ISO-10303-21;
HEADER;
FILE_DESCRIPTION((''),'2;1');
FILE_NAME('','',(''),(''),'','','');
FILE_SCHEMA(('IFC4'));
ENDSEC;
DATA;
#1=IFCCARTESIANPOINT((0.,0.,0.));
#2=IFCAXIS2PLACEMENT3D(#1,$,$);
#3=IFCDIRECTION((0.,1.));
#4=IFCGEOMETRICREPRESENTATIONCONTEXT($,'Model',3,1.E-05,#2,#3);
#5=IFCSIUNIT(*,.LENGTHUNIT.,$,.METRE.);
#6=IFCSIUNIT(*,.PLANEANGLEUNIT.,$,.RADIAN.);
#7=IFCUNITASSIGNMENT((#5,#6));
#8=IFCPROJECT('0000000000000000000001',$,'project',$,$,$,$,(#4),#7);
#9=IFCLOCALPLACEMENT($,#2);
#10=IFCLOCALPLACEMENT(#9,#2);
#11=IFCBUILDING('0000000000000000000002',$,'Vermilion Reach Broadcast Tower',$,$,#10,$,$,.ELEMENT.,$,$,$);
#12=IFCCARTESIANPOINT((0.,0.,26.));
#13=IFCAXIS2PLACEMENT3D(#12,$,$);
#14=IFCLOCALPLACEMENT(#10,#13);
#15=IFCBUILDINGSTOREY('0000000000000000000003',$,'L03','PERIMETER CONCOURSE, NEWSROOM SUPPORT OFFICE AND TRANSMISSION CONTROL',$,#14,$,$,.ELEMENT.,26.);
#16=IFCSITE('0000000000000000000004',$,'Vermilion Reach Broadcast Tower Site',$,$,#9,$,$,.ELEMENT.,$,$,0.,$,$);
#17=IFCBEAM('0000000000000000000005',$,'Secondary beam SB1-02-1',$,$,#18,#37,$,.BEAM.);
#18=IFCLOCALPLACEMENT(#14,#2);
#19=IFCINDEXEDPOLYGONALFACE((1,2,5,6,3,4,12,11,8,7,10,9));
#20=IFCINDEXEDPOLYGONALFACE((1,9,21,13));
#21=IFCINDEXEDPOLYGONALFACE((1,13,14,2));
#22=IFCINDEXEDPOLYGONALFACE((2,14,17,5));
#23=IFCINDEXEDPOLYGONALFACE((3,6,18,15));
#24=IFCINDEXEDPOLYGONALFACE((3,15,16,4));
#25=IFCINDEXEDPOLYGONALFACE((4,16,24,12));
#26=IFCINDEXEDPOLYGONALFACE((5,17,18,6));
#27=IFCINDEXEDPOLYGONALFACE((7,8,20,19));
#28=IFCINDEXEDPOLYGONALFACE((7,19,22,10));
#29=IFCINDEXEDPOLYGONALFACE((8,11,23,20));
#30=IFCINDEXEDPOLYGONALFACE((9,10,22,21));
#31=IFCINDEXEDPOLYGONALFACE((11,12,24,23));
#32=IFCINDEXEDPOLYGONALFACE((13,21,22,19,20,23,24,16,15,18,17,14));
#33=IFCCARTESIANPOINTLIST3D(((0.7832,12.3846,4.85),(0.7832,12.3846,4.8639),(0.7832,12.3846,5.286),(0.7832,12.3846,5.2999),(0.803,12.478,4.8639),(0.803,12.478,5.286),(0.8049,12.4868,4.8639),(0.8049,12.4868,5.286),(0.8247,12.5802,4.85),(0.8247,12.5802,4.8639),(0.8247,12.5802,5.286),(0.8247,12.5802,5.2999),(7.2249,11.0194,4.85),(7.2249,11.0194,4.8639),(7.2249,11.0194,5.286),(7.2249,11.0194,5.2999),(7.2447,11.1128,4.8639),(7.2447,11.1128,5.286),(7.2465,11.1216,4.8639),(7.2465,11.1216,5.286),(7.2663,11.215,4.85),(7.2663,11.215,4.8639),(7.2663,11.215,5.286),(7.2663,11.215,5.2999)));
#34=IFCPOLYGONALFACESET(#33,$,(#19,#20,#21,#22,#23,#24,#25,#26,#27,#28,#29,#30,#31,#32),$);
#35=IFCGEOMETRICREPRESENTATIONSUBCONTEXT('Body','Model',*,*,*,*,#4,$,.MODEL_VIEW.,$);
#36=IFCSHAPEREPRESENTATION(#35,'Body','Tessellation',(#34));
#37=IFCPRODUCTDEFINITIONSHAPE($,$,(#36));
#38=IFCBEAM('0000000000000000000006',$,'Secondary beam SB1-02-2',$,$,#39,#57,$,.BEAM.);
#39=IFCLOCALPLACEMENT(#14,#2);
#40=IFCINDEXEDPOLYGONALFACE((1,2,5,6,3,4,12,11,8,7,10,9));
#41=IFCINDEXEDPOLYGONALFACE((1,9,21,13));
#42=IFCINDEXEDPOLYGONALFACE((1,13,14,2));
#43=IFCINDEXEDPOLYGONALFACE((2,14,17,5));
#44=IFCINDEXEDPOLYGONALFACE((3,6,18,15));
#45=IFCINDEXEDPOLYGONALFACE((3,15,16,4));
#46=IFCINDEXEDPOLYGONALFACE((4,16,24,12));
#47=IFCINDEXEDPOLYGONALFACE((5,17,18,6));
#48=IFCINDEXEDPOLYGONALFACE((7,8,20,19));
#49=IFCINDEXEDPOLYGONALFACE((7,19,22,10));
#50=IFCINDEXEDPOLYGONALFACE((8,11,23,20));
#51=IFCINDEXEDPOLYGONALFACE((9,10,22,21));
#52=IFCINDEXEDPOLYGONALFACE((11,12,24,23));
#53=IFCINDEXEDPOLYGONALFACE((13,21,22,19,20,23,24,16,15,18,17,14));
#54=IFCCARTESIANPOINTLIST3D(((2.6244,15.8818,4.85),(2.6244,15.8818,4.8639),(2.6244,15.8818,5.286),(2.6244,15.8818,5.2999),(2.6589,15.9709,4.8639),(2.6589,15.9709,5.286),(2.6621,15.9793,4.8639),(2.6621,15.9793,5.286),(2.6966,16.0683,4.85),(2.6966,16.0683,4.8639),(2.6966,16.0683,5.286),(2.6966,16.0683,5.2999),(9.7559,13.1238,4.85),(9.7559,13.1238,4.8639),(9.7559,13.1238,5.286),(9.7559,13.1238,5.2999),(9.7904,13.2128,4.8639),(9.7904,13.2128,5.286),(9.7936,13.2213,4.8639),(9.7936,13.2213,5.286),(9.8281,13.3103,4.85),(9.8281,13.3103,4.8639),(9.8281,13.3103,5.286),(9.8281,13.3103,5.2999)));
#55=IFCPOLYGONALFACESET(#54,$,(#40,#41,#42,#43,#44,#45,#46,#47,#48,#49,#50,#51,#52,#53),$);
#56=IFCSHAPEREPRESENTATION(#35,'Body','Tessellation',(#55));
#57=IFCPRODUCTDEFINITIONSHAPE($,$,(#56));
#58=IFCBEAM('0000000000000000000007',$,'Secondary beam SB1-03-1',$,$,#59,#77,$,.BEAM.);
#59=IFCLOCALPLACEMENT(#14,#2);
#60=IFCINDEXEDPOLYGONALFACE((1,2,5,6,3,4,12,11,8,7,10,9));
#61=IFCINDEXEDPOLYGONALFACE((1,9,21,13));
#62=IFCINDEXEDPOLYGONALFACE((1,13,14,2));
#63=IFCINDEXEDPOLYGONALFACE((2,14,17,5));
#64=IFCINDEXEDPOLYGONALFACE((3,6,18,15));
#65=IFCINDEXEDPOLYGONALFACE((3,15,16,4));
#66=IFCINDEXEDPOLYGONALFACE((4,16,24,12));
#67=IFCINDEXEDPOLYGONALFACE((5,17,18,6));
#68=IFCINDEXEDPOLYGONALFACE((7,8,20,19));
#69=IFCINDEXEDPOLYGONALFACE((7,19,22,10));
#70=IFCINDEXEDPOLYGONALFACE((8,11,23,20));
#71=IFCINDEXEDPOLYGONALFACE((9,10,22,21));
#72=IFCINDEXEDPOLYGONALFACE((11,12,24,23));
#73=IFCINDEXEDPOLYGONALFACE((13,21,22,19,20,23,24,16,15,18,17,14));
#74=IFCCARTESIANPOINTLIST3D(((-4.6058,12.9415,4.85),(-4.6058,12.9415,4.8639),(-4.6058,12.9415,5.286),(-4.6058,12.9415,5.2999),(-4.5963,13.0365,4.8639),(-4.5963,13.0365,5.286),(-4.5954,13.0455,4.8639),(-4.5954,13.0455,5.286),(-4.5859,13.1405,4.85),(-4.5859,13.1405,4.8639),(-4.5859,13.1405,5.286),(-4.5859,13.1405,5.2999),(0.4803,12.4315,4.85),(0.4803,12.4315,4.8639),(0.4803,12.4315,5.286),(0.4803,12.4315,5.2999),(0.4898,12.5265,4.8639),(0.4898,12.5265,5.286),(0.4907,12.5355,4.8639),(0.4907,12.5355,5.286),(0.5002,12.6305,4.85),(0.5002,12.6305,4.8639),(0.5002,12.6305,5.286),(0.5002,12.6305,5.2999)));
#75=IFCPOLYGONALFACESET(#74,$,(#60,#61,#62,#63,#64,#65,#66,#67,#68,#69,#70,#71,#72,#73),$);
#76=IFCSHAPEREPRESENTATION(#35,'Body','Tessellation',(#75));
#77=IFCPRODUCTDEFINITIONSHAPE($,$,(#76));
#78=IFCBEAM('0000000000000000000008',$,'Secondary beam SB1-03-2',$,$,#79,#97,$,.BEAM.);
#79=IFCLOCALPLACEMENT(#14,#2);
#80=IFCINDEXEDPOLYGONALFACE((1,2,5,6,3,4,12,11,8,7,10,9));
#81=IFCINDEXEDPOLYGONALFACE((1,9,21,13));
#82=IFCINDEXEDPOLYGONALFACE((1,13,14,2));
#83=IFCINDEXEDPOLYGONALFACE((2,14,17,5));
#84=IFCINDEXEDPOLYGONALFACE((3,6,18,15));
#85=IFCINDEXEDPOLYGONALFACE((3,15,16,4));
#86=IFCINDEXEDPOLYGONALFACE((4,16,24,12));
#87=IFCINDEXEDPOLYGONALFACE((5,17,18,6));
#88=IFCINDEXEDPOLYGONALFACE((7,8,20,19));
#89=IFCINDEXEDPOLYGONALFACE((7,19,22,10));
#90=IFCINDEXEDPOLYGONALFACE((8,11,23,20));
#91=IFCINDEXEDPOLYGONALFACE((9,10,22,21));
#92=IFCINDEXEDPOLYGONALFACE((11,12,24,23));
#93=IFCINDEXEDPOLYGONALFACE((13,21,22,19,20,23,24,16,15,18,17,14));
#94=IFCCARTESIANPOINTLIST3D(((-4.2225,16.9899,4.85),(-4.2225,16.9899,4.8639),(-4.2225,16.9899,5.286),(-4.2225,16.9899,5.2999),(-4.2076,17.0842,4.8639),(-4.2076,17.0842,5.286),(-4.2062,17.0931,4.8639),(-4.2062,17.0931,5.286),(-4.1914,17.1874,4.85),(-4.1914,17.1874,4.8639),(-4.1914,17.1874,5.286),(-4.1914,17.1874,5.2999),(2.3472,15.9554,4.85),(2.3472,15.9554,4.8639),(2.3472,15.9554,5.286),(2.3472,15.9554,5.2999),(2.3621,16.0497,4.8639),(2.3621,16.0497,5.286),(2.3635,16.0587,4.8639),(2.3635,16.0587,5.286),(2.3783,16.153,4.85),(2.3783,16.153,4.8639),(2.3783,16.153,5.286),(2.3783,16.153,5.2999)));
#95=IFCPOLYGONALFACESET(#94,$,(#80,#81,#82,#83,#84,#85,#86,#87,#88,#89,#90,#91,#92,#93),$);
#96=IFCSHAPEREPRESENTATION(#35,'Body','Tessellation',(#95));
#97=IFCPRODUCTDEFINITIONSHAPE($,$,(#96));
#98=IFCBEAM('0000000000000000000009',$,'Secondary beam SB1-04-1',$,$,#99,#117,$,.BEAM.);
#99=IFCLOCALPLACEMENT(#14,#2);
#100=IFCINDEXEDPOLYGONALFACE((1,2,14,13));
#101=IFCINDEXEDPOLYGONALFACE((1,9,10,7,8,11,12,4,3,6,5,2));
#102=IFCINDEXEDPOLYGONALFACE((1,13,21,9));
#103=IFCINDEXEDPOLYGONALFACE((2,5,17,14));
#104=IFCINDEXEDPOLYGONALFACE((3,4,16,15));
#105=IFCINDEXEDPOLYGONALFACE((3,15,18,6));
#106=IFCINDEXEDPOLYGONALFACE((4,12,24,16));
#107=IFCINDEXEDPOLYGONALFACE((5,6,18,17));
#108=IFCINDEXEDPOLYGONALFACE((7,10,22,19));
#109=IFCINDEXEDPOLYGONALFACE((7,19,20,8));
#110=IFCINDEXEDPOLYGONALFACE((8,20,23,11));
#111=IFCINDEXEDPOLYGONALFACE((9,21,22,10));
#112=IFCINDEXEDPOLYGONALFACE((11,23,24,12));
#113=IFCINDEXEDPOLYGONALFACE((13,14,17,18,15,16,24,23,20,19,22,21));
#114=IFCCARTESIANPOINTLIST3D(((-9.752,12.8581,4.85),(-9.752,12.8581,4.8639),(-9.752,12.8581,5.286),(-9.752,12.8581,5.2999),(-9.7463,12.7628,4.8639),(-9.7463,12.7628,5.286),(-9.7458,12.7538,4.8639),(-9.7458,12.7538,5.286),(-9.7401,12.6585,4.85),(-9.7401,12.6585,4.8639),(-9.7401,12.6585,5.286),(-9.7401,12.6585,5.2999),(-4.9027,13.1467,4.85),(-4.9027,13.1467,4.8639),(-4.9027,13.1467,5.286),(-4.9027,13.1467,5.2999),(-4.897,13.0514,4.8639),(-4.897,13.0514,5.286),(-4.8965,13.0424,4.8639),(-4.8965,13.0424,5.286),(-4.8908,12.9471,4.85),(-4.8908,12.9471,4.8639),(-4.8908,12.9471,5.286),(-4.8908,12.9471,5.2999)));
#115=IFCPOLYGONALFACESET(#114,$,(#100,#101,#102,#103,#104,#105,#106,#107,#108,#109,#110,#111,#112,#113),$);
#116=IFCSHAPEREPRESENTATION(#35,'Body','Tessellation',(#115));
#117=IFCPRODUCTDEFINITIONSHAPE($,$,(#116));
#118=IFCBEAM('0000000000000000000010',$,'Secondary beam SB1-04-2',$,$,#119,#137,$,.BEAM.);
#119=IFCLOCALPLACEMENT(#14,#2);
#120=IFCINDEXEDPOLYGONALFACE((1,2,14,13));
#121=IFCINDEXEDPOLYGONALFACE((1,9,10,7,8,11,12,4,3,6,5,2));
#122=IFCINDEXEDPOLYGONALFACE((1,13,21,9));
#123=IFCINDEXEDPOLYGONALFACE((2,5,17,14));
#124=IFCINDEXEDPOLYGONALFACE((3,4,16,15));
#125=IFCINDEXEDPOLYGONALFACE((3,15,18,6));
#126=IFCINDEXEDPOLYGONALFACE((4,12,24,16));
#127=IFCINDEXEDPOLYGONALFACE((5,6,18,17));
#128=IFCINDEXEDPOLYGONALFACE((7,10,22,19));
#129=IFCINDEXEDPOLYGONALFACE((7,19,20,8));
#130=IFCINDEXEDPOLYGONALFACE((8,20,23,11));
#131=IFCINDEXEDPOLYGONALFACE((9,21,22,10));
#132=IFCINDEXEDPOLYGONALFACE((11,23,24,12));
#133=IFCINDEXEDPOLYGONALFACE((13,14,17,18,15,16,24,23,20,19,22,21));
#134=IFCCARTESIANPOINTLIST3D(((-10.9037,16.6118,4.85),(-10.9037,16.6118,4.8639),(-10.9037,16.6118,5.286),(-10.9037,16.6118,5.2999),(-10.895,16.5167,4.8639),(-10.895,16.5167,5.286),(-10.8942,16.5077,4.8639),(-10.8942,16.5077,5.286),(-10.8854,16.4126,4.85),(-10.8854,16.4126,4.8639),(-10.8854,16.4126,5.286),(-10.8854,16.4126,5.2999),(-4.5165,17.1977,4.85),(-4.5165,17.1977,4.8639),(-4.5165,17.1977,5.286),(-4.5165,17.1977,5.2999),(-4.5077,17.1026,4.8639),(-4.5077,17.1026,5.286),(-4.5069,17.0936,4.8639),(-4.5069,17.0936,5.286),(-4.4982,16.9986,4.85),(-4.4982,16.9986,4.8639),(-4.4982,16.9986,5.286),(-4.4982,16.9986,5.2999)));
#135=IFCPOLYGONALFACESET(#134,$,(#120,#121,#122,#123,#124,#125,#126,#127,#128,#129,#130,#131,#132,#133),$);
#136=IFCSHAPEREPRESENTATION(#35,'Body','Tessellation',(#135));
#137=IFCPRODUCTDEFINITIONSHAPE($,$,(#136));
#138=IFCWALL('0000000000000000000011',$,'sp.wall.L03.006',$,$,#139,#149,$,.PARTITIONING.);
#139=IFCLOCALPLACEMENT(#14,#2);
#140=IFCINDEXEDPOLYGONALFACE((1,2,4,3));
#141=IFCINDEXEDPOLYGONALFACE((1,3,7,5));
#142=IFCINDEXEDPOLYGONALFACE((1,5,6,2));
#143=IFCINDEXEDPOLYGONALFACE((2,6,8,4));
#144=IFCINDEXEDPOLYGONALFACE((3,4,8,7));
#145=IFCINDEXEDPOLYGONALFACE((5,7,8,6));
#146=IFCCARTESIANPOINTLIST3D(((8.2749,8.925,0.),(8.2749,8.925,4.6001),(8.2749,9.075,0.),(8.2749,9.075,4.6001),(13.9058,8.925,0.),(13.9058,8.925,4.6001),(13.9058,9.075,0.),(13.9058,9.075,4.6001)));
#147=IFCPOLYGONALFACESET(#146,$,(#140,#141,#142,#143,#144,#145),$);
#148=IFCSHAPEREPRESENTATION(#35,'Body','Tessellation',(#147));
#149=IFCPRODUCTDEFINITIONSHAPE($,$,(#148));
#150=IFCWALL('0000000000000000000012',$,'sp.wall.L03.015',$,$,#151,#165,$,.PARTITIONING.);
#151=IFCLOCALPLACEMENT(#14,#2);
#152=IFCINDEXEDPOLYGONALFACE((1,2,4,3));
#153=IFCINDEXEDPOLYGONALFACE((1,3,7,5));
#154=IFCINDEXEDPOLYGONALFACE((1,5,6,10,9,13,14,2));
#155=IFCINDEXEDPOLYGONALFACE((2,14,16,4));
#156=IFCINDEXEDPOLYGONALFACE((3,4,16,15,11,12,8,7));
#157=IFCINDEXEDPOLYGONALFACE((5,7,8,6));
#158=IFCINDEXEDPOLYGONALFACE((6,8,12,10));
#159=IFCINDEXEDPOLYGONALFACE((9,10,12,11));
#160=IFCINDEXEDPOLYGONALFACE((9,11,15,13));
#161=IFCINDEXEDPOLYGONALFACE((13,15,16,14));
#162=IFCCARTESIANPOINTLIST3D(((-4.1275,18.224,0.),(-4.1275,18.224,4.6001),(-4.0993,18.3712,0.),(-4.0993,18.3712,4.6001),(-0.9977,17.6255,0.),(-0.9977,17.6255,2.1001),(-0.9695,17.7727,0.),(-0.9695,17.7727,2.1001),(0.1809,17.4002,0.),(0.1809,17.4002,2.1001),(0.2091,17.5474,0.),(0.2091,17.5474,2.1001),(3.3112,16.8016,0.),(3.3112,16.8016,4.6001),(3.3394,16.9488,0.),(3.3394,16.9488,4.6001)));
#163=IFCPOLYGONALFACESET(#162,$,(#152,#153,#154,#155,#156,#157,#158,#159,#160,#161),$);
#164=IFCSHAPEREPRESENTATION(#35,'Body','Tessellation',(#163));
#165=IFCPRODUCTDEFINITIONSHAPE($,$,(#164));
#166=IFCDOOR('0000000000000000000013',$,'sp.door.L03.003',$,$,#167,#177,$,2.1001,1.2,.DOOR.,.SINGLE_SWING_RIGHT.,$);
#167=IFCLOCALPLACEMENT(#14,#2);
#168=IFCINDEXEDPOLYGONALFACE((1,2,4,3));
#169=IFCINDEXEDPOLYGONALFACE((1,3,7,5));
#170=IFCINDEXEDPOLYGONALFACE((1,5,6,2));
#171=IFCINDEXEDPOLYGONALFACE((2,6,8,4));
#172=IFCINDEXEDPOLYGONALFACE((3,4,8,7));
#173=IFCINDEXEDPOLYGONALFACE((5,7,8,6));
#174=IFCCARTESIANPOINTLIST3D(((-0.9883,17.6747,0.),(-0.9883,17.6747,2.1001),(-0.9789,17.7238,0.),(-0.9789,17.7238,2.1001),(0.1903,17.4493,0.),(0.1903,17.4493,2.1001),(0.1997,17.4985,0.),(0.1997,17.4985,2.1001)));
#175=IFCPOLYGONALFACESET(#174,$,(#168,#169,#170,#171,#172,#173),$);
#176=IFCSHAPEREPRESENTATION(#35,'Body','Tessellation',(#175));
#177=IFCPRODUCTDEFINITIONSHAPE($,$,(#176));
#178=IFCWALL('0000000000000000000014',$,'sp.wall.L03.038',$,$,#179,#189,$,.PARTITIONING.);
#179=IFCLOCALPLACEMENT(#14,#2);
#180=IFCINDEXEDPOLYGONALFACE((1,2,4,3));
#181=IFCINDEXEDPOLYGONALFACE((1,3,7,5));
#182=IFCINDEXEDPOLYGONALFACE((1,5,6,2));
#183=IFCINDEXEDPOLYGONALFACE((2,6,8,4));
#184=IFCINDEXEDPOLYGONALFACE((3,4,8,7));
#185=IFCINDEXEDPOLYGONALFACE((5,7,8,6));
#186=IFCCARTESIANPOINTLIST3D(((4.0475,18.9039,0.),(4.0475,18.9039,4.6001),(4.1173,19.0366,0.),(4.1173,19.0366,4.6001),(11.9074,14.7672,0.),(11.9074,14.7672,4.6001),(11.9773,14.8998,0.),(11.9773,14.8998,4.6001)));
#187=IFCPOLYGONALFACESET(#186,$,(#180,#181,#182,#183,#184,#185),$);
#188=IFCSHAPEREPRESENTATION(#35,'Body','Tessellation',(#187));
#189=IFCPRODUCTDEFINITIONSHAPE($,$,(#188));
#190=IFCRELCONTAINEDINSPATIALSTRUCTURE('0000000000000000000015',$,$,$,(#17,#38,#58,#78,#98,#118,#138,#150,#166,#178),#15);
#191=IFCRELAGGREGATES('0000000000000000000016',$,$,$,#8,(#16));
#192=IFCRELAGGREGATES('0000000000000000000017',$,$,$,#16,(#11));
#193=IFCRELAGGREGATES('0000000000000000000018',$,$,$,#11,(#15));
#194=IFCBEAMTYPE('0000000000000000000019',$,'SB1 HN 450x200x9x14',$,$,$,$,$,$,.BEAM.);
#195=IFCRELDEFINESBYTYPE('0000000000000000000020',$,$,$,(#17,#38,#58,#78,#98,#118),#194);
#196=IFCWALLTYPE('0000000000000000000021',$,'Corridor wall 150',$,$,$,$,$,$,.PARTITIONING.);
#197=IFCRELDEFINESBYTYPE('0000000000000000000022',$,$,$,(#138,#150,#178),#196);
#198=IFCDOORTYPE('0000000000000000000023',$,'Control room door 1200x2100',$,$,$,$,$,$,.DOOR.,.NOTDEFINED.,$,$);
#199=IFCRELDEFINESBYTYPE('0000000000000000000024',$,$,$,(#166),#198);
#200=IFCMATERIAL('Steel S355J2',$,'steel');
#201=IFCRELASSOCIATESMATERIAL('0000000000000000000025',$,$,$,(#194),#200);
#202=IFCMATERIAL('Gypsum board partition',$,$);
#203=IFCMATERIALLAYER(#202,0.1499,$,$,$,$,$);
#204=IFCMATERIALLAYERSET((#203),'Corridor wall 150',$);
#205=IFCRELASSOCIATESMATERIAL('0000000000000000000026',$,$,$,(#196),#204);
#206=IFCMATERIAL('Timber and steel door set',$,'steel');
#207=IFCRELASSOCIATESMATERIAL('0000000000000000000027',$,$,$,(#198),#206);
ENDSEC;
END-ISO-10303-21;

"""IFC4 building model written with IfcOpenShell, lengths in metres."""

from ifc_helpers import new_model, si_unit, direction, frame, frame_2d, origin, origin_2d, place, context, subcontext, project, spatial, rectangle, i_section, extrude, material, layer, layer_set, material_profile, profile_set, type_object, element, fill, save


model = new_model("IFC4")

# Units and contexts
model_context = context("Model", 3, precision=1e-05, world=origin(), true_north=direction((0.0, 1.0)))
body_context = subcontext(model_context, "Body", "Model", "MODEL_VIEW")
ifc_project = project(units=[si_unit("LENGTHUNIT", "METRE"), si_unit("PLANEANGLEUNIT", "RADIAN")], contexts=[model_context])

# Site, building, storey
site_placement = place(None, origin())
site = spatial("IfcSite", under=ifc_project, at=site_placement, Name="Vermilion Reach Broadcast Tower Site", CompositionType="ELEMENT", RefElevation=0.0)
building_placement = place(site_placement, origin())
building = spatial("IfcBuilding", under=site, at=building_placement, Name="Vermilion Reach Broadcast Tower", CompositionType="ELEMENT")
storey_placement = place(building_placement, frame((0.0, 0.0, 26.0)))
storey = spatial("IfcBuildingStorey", under=building, at=storey_placement, Name="L03", Description="PERIMETER CONCOURSE, NEWSROOM SUPPORT OFFICE AND TRANSMISSION CONTROL", CompositionType="ELEMENT", Elevation=26.0)

# Beams
ifc_material_1 = material(Name="Steel S355J2", Category="steel")
ifc_material_profile_1 = material_profile(ifc_material_1, i_section(OverallWidth=0.2, OverallDepth=0.45, WebThickness=0.009, FlangeThickness=0.0139, at=origin_2d()), Name="S355J2 HN 450x200x9x14")
ifc_profile_set_1 = profile_set([ifc_material_profile_1], Name="Steel S355J2")
beam_type_1 = type_object("IfcBeamType", Name="SB1 HN 450x200x9x14", PredefinedType="BEAM", material=ifc_profile_set_1)
beam_1_placement = place(storey_placement, frame((7.2456, 11.1172, 5.075), z_axis=(-0.97827, 0.207333, 0.0), x_axis=(-0.207333, -0.97827, 0.0)))
element("IfcBeam", 1, at=beam_1_placement, inside=storey, type_object=beam_type_1, Name="Secondary beam SB1-02-1", PredefinedType="BEAM", context=body_context, shape_type="SweptSolid", body=[
    extrude(i_section(OverallWidth=0.2, OverallDepth=0.45, WebThickness=0.009, FlangeThickness=0.0139, at=origin_2d()), origin(), (0.0, 0.0, 1.0), 6.5847),
])
beam_2_placement = place(storey_placement, frame((9.792, 13.217, 5.075), z_axis=(-0.932681, 0.360703, 0.0), x_axis=(-0.360703, -0.932681, 0.0)))
element("IfcBeam", 2, at=beam_2_placement, inside=storey, type_object=beam_type_1, Name="Secondary beam SB1-02-2", PredefinedType="BEAM", context=body_context, shape_type="SweptSolid", body=[
    extrude(i_section(OverallWidth=0.2, OverallDepth=0.45, WebThickness=0.009, FlangeThickness=0.0139, at=origin_2d()), origin(), (0.0, 0.0, 1.0), 7.6462),
])
beam_3_placement = place(storey_placement, frame((0.4902, 12.531, 5.075), z_axis=(-0.99501, 0.099773, 0.0), x_axis=(-0.099773, -0.99501, 0.0)))
element("IfcBeam", 3, at=beam_3_placement, inside=storey, type_object=beam_type_1, Name="Secondary beam SB1-03-1", PredefinedType="BEAM", context=body_context, shape_type="SweptSolid", body=[
    extrude(i_section(OverallWidth=0.2, OverallDepth=0.45, WebThickness=0.009, FlangeThickness=0.0139, at=origin_2d()), origin(), (0.0, 0.0, 1.0), 5.1116),
])
beam_4_placement = place(storey_placement, frame((2.3628, 16.0542, 5.075), z_axis=(-0.98783, 0.15554, 0.0), x_axis=(-0.15554, -0.98783, 0.0)))
element("IfcBeam", 4, at=beam_4_placement, inside=storey, type_object=beam_type_1, Name="Secondary beam SB1-03-2", PredefinedType="BEAM", context=body_context, shape_type="SweptSolid", body=[
    extrude(i_section(OverallWidth=0.2, OverallDepth=0.45, WebThickness=0.009, FlangeThickness=0.0139, at=origin_2d()), origin(), (0.0, 0.0, 1.0), 6.6506),
])
beam_5_placement = place(storey_placement, frame((-4.8967, 13.0469, 5.075), z_axis=(-0.998234, -0.059403, 0.0), x_axis=(0.059403, -0.998234, 0.0)))
element("IfcBeam", 5, at=beam_5_placement, inside=storey, type_object=beam_type_1, Name="Secondary beam SB1-04-1", PredefinedType="BEAM", context=body_context, shape_type="SweptSolid", body=[
    extrude(i_section(OverallWidth=0.2, OverallDepth=0.45, WebThickness=0.009, FlangeThickness=0.0139, at=origin_2d()), origin(), (0.0, 0.0, 1.0), 4.8579),
])
beam_6_placement = place(storey_placement, frame((-4.5073, 17.0981, 5.075), z_axis=(-0.995819, -0.091353, 0.0), x_axis=(0.091353, -0.995819, 0.0)))
element("IfcBeam", 6, at=beam_6_placement, inside=storey, type_object=beam_type_1, Name="Secondary beam SB1-04-2", PredefinedType="BEAM", context=body_context, shape_type="SweptSolid", body=[
    extrude(i_section(OverallWidth=0.2, OverallDepth=0.45, WebThickness=0.009, FlangeThickness=0.0139, at=origin_2d()), origin(), (0.0, 0.0, 1.0), 6.4141),
])

# Wall
ifc_material_2 = material(Name="Gypsum board partition")
ifc_layer_1 = layer(ifc_material_2, 0.1499)
ifc_layer_set_1 = layer_set([ifc_layer_1], Name="Corridor wall 150")
wall_type_1 = type_object("IfcWallType", Name="Corridor wall 150", PredefinedType="PARTITIONING", material=ifc_layer_set_1)
wall_1_placement = place(storey_placement, frame((8.2749, 9.0, 0.0), z_axis=(0.0, 0.0, 1.0), x_axis=(1.0, 0.0, 0.0)))
element("IfcWall", 7, at=wall_1_placement, inside=storey, type_object=wall_type_1, Name="sp.wall.L03.006", PredefinedType="PARTITIONING", context=body_context, shape_type="SweptSolid", body=[
    extrude(rectangle(XDim=5.6309, YDim=0.1499, at=frame_2d((2.8154, 0.0))), origin(), (0.0, 0.0, 1.0), 4.6001),
])

# Wall, opening, door
wall_2_placement = place(storey_placement, frame((3.3252, 16.8752, 0.0), z_axis=(0.0, 0.0, 1.0), x_axis=(-0.982206, 0.187808, 0.0)))
wall_2 = element("IfcWall", 8, at=wall_2_placement, inside=storey, type_object=wall_type_1, Name="sp.wall.L03.015", PredefinedType="PARTITIONING", context=body_context, shape_type="SweptSolid", body=[
    extrude(rectangle(XDim=7.5735, YDim=0.1499, at=frame_2d((3.7866, 0.0))), origin(), (0.0, 0.0, 1.0), 4.6001),
])
opening_placement = place(wall_2_placement, frame((3.1868, 0.0, 0.0)))
opening = element("IfcOpeningElement", 9, at=opening_placement, cuts=wall_2, PredefinedType="OPENING", context=body_context, shape_type="SweptSolid", body=[
    extrude(rectangle(XDim=1.2, YDim=2.1001, at=frame_2d((0.6001, 1.05))), frame((0.0, 0.085, 0.0), z_axis=(0.0, -1.0, 0.0), x_axis=(1.0, 0.0, 0.0)), (0.0, 0.0, 1.0), 0.1699),
])
ifc_material_3 = material(Name="Timber and steel door set", Category="steel")
door_type = type_object("IfcDoorType", Name="Control room door 1200x2100", OperationType="NOTDEFINED", PredefinedType="DOOR", material=ifc_material_3)
door_placement = place(opening_placement, origin())
door = element("IfcDoor", 10, at=door_placement, inside=storey, type_object=door_type, Name="sp.door.L03.003", OperationType="SINGLE_SWING_RIGHT", OverallHeight=2.1001, OverallWidth=1.2, PredefinedType="DOOR", context=body_context, shape_type="SweptSolid", body=[
    extrude(rectangle(XDim=1.2, YDim=2.1001, at=frame_2d((0.6001, 1.05))), frame((0.0, 0.0249, 0.0), z_axis=(0.0, -1.0, 0.0), x_axis=(1.0, 0.0, 0.0)), (0.0, 0.0, 1.0), 0.05),
])
fill(opening, door)

# Wall
wall_3_placement = place(storey_placement, frame((4.0825, 18.9702, 0.0), z_axis=(0.0, 0.0, 1.0), x_axis=(0.884921, -0.465742, 0.0)))
element("IfcWall", 11, at=wall_3_placement, inside=storey, type_object=wall_type_1, Name="sp.wall.L03.038", PredefinedType="PARTITIONING", context=body_context, shape_type="SweptSolid", body=[
    extrude(rectangle(XDim=8.8821, YDim=0.1499, at=frame_2d((4.4409, 0.0))), origin(), (0.0, 0.0, 1.0), 4.6001),
])

save(model, "model.ifc")
